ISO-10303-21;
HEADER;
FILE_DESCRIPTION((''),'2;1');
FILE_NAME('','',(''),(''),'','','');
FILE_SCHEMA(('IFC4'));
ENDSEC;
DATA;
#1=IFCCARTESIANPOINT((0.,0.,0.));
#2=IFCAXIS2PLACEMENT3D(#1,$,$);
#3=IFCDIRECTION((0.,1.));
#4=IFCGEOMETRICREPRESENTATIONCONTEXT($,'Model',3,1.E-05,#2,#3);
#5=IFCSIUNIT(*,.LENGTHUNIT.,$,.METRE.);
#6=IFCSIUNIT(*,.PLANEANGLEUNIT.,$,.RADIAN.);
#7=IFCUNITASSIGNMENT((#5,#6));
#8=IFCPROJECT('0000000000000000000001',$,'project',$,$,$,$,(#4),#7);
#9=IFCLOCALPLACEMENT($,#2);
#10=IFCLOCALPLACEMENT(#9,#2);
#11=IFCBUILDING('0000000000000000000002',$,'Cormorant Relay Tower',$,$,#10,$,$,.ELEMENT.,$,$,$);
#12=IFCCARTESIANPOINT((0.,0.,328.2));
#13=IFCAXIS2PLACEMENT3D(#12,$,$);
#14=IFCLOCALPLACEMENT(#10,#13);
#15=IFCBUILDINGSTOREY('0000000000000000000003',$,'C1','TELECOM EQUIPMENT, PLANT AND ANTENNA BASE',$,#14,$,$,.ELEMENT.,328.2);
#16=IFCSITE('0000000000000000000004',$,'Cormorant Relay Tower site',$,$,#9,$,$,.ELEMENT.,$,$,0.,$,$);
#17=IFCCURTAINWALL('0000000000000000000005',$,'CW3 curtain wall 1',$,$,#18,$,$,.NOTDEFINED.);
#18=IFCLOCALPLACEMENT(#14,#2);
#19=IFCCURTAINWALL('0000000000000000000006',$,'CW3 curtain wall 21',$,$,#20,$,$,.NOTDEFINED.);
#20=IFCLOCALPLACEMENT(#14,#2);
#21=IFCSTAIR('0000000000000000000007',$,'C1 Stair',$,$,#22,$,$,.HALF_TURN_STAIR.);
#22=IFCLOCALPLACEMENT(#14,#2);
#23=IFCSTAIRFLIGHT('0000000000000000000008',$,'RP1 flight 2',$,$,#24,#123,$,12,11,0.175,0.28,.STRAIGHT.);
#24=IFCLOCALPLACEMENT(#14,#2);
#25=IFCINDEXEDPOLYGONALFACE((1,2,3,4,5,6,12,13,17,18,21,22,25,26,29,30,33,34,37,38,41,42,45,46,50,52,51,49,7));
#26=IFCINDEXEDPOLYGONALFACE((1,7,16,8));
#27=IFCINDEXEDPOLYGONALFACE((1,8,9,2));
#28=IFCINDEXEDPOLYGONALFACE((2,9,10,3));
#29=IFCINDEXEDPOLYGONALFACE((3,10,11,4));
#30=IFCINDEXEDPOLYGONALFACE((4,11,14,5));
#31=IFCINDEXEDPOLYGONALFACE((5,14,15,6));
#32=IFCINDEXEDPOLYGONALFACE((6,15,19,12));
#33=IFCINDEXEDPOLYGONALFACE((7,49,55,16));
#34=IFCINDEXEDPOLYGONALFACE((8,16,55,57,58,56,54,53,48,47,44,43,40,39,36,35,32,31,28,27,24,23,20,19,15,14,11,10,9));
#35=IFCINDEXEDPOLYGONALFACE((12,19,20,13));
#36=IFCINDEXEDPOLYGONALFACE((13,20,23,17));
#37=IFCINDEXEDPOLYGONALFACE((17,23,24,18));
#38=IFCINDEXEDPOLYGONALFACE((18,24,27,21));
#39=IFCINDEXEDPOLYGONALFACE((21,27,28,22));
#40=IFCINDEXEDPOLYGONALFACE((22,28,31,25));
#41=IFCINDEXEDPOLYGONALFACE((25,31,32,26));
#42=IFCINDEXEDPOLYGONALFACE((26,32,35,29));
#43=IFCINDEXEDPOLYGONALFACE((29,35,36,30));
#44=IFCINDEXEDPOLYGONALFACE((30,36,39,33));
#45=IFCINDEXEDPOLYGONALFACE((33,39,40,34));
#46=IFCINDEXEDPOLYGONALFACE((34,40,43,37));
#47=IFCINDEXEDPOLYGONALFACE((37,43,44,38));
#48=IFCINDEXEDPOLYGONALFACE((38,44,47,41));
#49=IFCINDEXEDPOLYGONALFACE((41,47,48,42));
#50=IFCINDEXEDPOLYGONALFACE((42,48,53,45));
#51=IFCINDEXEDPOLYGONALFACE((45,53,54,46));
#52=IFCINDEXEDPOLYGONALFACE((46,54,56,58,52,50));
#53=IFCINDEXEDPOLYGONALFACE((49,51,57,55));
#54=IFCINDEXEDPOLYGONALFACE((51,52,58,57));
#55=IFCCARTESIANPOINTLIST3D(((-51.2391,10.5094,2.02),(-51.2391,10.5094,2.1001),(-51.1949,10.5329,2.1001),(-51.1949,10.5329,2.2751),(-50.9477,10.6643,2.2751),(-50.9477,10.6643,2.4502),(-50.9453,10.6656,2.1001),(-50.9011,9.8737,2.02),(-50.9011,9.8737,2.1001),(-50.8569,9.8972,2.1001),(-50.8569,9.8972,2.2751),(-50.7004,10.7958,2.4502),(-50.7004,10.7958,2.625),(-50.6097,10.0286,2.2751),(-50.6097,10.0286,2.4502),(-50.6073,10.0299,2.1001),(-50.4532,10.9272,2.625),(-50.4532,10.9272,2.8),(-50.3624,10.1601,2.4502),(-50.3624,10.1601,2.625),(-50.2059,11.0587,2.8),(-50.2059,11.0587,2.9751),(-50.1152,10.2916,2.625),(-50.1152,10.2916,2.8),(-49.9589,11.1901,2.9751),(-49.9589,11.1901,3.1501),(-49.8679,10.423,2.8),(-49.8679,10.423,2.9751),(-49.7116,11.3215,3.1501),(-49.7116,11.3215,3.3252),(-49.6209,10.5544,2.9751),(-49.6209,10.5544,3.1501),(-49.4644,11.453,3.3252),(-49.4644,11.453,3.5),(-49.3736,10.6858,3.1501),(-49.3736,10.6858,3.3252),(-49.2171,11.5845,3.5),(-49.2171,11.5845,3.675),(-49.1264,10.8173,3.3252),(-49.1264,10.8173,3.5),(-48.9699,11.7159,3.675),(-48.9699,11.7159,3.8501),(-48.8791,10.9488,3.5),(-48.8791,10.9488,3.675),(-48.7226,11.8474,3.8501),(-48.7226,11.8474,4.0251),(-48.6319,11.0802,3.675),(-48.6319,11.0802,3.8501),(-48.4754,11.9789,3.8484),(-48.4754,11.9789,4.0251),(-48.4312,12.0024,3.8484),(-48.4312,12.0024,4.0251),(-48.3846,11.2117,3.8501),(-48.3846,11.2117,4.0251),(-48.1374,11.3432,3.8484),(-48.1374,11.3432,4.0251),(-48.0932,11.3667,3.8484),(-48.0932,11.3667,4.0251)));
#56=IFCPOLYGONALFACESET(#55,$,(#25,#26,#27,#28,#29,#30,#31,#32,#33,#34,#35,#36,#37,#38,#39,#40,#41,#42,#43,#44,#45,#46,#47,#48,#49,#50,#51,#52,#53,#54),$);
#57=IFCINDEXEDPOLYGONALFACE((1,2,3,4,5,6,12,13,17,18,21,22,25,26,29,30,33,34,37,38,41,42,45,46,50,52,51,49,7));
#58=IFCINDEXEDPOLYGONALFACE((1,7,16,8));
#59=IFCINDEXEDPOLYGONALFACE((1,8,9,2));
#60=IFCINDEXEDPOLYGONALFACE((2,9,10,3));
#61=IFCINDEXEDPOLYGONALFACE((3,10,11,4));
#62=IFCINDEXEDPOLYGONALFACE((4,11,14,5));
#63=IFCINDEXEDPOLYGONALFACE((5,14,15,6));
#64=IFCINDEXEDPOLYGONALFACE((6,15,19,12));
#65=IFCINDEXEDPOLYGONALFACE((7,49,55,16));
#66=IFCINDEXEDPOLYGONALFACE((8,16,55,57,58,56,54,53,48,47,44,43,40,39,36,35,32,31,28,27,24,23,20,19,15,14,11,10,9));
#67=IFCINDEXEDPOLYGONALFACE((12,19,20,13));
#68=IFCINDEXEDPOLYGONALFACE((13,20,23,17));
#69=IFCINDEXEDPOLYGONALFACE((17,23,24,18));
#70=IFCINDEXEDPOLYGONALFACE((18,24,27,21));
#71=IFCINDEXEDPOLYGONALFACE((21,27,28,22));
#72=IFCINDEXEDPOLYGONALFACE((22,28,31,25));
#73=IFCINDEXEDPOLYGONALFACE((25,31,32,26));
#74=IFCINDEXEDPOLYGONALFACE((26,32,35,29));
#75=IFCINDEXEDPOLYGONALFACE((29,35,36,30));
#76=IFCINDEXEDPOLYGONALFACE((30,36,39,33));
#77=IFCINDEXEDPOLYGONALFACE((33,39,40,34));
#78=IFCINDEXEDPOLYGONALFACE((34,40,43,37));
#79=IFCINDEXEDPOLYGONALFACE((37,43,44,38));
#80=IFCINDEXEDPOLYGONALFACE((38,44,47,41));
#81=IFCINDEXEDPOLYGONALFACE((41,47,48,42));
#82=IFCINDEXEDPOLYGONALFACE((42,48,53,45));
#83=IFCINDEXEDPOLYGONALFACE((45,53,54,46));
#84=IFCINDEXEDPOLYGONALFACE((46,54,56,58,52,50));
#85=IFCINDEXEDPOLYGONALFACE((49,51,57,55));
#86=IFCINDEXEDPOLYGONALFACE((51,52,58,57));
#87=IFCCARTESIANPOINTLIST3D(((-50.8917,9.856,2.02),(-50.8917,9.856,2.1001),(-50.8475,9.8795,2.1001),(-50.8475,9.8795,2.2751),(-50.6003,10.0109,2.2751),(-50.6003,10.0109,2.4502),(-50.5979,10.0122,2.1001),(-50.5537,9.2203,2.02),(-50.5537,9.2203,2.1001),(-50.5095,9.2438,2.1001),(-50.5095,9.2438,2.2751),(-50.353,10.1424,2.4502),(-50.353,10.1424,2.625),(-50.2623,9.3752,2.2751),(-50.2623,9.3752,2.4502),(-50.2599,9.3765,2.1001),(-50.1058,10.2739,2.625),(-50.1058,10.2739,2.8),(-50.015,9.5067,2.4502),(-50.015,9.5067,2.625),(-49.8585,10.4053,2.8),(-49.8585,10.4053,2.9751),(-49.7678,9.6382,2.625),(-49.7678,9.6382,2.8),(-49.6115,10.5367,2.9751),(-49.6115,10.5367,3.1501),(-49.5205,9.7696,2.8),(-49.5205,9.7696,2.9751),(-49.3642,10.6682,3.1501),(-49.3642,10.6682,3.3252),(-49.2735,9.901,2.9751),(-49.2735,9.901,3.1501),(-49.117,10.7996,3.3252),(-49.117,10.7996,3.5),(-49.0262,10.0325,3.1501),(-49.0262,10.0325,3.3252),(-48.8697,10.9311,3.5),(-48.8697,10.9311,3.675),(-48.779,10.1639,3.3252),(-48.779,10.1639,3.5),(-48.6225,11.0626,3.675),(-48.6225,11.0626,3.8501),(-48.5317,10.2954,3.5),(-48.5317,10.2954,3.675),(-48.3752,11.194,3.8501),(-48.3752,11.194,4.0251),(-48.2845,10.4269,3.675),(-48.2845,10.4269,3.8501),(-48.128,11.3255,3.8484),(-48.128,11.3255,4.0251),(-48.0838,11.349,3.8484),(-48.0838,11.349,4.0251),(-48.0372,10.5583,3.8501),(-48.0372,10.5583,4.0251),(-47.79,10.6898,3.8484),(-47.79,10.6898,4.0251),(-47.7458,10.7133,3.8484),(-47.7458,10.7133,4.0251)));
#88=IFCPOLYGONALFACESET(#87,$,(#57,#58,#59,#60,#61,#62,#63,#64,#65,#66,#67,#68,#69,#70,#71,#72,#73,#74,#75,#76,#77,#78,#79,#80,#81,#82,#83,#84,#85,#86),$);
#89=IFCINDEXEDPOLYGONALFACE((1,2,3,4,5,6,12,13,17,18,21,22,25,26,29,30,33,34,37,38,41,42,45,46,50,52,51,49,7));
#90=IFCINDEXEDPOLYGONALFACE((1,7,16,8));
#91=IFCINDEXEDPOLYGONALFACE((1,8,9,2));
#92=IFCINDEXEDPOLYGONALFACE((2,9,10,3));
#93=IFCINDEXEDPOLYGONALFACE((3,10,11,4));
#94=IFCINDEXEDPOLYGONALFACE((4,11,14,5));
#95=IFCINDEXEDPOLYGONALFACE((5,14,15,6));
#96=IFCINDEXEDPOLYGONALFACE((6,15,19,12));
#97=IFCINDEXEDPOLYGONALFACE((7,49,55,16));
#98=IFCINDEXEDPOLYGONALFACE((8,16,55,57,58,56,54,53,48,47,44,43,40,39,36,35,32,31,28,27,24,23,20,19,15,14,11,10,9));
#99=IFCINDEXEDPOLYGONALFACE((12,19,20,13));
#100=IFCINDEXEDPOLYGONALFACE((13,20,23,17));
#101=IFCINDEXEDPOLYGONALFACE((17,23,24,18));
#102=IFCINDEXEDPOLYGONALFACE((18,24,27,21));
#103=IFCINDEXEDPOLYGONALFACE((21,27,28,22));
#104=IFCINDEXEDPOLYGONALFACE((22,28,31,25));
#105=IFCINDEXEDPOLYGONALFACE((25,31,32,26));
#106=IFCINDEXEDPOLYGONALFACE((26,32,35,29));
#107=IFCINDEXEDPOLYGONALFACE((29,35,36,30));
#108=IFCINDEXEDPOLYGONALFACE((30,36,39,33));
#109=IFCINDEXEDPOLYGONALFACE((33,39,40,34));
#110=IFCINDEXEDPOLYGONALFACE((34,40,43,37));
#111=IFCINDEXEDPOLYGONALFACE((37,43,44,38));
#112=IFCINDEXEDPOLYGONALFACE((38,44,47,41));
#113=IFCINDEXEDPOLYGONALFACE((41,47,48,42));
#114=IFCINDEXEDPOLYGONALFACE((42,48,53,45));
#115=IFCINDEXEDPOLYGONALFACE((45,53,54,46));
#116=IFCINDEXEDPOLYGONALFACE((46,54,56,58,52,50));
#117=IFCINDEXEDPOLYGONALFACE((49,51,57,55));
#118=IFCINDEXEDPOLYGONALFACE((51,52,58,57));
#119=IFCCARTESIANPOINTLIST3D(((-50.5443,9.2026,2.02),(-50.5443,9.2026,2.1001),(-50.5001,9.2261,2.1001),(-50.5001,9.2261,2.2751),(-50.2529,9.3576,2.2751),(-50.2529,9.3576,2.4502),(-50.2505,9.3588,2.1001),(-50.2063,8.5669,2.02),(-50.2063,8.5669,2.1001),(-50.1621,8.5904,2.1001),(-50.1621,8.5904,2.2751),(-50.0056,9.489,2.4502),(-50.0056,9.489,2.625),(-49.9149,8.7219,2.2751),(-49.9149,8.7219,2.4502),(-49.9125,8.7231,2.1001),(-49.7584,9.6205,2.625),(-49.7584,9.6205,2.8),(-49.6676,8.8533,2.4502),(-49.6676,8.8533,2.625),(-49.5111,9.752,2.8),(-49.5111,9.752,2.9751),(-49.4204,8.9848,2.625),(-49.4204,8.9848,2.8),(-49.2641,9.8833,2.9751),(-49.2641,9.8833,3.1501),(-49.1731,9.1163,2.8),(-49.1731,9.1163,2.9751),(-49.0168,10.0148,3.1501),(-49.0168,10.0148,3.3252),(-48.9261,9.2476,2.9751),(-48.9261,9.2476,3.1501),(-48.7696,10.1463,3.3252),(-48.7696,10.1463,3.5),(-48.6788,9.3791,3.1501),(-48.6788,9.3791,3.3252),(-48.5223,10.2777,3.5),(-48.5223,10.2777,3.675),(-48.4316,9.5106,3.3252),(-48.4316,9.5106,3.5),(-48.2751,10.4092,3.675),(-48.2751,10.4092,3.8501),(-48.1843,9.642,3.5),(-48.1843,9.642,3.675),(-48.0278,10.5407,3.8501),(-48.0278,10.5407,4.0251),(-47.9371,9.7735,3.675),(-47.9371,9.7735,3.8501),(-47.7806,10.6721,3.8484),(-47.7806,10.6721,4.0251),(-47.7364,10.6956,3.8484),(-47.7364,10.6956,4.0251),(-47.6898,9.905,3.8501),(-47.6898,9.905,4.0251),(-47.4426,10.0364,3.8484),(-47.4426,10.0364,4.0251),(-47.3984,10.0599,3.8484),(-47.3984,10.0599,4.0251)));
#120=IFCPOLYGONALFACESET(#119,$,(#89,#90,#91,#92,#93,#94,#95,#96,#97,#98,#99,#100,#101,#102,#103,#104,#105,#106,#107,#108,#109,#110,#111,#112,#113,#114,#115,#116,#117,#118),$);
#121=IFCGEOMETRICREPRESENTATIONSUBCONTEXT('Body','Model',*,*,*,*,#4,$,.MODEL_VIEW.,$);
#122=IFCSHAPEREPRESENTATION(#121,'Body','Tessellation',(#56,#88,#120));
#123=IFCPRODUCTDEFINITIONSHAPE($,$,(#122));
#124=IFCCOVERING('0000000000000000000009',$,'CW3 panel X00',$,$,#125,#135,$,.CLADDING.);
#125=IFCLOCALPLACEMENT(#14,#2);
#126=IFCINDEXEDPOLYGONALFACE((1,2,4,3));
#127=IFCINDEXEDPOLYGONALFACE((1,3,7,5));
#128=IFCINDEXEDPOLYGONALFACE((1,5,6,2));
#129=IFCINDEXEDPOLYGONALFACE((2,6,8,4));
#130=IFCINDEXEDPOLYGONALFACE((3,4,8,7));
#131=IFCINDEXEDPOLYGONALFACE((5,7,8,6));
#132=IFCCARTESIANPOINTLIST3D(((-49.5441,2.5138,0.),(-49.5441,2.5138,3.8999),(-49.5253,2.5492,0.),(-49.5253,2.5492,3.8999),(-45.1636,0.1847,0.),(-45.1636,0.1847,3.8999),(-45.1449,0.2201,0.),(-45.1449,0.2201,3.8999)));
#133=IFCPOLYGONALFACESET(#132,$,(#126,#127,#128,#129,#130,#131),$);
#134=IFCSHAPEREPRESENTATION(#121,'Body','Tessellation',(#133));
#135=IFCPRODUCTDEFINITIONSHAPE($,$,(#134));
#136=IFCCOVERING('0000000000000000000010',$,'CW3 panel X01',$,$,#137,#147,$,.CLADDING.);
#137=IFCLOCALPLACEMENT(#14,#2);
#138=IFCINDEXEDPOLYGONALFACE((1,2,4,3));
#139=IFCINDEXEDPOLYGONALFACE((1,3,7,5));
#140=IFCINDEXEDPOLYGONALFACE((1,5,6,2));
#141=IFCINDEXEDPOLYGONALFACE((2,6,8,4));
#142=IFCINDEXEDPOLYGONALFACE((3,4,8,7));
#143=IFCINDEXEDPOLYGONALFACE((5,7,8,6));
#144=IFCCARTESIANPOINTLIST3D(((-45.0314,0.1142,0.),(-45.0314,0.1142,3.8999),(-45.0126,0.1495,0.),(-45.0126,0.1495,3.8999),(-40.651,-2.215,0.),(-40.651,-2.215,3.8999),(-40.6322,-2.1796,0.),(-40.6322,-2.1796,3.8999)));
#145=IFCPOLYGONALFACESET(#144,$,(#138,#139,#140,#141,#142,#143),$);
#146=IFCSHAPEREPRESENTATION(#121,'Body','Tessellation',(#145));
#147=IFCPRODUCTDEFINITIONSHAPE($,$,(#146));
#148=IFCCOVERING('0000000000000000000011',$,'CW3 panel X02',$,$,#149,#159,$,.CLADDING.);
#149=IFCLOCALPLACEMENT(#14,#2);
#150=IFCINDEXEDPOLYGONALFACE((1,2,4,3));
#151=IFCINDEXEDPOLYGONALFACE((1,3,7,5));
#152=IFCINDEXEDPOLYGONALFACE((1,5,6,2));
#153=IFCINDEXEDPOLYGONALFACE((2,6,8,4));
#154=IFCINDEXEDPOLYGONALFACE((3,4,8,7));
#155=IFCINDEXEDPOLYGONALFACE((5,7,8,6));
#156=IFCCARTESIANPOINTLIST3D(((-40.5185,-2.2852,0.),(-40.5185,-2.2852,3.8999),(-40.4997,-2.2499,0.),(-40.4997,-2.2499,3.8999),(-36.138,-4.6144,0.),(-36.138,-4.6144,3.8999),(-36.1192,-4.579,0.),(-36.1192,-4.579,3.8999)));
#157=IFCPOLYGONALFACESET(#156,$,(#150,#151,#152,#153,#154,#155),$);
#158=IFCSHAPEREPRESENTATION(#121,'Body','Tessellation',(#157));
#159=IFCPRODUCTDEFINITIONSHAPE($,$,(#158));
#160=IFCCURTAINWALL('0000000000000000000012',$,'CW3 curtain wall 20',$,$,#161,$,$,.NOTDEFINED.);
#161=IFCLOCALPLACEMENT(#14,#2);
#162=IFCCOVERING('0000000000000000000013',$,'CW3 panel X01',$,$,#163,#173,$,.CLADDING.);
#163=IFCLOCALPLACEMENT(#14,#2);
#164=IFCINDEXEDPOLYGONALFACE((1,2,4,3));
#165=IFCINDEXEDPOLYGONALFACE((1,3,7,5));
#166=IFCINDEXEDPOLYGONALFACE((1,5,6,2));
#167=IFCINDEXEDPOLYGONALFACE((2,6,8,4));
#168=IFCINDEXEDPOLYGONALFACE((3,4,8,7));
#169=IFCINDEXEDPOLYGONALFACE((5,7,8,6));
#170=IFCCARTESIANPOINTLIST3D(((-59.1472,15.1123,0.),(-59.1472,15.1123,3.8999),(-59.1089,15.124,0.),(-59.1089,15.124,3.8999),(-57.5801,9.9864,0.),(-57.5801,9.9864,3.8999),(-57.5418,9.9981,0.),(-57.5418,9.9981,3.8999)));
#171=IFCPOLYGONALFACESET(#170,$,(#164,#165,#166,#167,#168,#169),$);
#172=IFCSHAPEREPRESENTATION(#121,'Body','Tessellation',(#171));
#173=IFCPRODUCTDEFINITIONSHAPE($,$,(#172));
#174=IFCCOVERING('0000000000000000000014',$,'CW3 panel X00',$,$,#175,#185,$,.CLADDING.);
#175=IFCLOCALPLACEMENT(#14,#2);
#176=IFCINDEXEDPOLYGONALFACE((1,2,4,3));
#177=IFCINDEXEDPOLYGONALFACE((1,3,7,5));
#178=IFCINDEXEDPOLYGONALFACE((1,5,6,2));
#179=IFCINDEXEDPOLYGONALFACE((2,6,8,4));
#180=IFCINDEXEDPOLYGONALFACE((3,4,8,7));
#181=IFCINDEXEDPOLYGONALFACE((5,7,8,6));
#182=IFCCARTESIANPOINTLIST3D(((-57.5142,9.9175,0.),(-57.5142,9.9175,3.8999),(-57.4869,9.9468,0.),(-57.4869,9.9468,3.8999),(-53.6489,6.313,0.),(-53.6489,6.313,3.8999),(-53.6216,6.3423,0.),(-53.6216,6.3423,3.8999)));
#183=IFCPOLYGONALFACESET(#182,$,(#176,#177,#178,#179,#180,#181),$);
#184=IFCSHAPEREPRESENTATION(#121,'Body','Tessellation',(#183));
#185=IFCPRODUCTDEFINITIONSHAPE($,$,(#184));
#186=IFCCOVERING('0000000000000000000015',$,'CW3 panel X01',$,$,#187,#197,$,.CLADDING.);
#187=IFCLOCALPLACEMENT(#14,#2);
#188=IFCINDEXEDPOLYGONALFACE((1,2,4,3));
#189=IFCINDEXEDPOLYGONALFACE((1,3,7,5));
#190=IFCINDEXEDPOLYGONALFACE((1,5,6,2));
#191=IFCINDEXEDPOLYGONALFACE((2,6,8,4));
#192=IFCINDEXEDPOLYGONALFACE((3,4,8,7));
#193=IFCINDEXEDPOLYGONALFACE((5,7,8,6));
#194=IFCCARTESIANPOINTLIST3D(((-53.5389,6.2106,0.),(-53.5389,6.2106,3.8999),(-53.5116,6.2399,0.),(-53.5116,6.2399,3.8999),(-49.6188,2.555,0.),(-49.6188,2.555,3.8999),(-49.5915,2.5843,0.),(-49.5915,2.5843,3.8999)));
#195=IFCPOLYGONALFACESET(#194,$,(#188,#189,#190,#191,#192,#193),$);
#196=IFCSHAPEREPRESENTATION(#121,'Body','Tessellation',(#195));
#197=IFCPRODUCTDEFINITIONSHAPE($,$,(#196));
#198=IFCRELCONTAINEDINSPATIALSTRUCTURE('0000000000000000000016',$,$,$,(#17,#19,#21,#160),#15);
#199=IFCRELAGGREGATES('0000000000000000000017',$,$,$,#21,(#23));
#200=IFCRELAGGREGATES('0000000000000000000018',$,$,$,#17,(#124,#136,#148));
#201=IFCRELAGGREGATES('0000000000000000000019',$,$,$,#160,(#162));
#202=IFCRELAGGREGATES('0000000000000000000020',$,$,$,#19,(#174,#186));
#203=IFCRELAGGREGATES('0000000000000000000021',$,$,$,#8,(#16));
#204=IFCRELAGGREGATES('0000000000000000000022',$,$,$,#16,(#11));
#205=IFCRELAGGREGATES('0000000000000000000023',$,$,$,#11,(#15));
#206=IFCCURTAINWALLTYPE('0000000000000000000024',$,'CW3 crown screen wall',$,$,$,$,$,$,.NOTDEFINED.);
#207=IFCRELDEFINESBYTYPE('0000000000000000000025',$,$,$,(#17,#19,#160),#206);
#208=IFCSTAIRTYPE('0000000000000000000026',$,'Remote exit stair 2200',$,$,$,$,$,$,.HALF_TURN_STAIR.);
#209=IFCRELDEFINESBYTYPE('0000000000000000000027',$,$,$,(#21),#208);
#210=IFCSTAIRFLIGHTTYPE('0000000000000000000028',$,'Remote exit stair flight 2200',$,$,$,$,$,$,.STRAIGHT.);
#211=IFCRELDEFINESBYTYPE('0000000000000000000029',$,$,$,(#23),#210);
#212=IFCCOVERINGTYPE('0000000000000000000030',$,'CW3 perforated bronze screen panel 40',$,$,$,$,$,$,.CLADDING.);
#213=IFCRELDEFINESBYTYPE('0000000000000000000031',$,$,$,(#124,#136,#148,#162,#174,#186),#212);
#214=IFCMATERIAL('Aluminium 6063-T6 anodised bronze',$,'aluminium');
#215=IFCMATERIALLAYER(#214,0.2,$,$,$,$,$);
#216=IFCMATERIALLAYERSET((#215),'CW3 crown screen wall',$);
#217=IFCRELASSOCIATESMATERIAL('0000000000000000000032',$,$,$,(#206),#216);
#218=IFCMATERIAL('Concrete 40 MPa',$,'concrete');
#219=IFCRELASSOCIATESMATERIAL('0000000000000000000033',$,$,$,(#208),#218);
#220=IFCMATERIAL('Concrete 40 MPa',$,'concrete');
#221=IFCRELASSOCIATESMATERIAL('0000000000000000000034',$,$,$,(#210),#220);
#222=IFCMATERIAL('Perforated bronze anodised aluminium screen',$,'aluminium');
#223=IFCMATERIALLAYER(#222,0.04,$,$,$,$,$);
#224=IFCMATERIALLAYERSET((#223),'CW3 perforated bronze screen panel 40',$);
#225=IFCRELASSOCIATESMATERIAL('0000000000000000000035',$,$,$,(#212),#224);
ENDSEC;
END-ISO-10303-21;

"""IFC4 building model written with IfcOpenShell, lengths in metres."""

from ifc_helpers import new_model, si_unit, direction, frame, origin, origin_2d, place, context, subcontext, project, spatial, polyline, rectangle, outline, extrude, material, layer, layer_set, type_object, element, aggregate, save


model = new_model("IFC4")

# Units and contexts
model_context = context("Model", 3, precision=1e-05, world=origin(), true_north=direction((0.0, 1.0)))
body_context = subcontext(model_context, "Body", "Model", "MODEL_VIEW")
ifc_project = project(units=[si_unit("LENGTHUNIT", "METRE"), si_unit("PLANEANGLEUNIT", "RADIAN")], contexts=[model_context])

# Site, building, storey
site_placement = place(None, origin())
site = spatial("IfcSite", under=ifc_project, at=site_placement, Name="Cormorant Relay Tower site", CompositionType="ELEMENT", RefElevation=0.0)
building_placement = place(site_placement, origin())
building = spatial("IfcBuilding", under=site, at=building_placement, Name="Cormorant Relay Tower", CompositionType="ELEMENT")
storey_placement = place(building_placement, frame((0.0, 0.0, 328.2)))
storey = spatial("IfcBuildingStorey", under=building, at=storey_placement, Name="C1", Description="TELECOM EQUIPMENT, PLANT AND ANTENNA BASE", CompositionType="ELEMENT", Elevation=328.2)

# Curtain walls
ifc_material_1 = material(Name="Aluminium 6063-T6 anodised bronze", Category="aluminium")
ifc_layer_1 = layer(ifc_material_1, 0.2)
ifc_layer_set_1 = layer_set([ifc_layer_1], Name="CW3 crown screen wall")
curtain_wall_type = type_object("IfcCurtainWallType", Name="CW3 crown screen wall", PredefinedType="NOTDEFINED", material=ifc_layer_set_1)
curtain_wall_1_placement = place(storey_placement, origin())
curtain_wall_1 = element("IfcCurtainWall", 1, at=curtain_wall_1_placement, inside=storey, type_object=curtain_wall_type, Name="CW3 curtain wall 1", PredefinedType="NOTDEFINED")
curtain_wall_2_placement = place(storey_placement, origin())
curtain_wall_2 = element("IfcCurtainWall", 2, at=curtain_wall_2_placement, inside=storey, type_object=curtain_wall_type, Name="CW3 curtain wall 21", PredefinedType="NOTDEFINED")

# Stair, stair flight
ifc_material_2 = material(Name="Concrete 40 MPa", Category="concrete")
stair_type_1 = type_object("IfcStairType", Name="Remote exit stair 2200", PredefinedType="HALF_TURN_STAIR", material=ifc_material_2)
stair_1_placement = place(storey_placement, origin())
stair_1 = element("IfcStair", 3, at=stair_1_placement, inside=storey, type_object=stair_type_1, Name="C1 Stair", PredefinedType="HALF_TURN_STAIR")
ifc_material_3 = material(Name="Concrete 40 MPa", Category="concrete")
stair_flight_type_1 = type_object("IfcStairFlightType", Name="Remote exit stair flight 2200", PredefinedType="STRAIGHT", material=ifc_material_3)
stair_flight_1_placement = place(storey_placement, frame((-50.6785, 9.5615, 2.1001), z_axis=(0.0, 0.0, 1.0), x_axis=(0.882948, 0.469472, 0.0)))
stair_flight_1 = element("IfcStairFlight", 4, at=stair_flight_1_placement, type_object=stair_flight_type_1, Name="RP1 flight 2", NumberOfRisers=12, NumberOfTreads=11, PredefinedType="STRAIGHT", RiserHeight=0.175, TreadLength=0.28, context=body_context, shape_type="SweptSolid", body=[
    extrude(outline(polyline([(-0.05, -0.0801), (-0.05, 0.0), (0.0, 0.0), (0.0, 0.175), (0.28, 0.175), (0.28, 0.3501), (0.5601, 0.3501), (0.5601, 0.5249), (0.8401, 0.5249), (0.8401, 0.7), (1.1201, 0.7), (1.1201, 0.875), (1.3999, 0.875), (1.3999, 1.05), (1.6799, 1.05), (1.6799, 1.2251), (1.96, 1.2251), (1.96, 1.3999), (2.24, 1.3999), (2.24, 1.575), (2.52, 1.575), (2.52, 1.75), (2.8, 1.75), (2.8, 1.925), (3.0801, 1.925), (3.1301, 1.925), (3.1301, 1.7483), (3.0801, 1.7483), (0.2827, 0.0), (-0.05, -0.0801)])), frame((0.0, 1.1001, 0.0), z_axis=(0.0, -1.0, 0.0), x_axis=(1.0, 0.0, 0.0)), (0.0, 0.0, 1.0), 0.72),
    extrude(outline(polyline([(-0.05, -0.0801), (-0.05, 0.0), (0.0, 0.0), (0.0, 0.175), (0.28, 0.175), (0.28, 0.3501), (0.5601, 0.3501), (0.5601, 0.5249), (0.8401, 0.5249), (0.8401, 0.7), (1.1201, 0.7), (1.1201, 0.875), (1.3999, 0.875), (1.3999, 1.05), (1.6799, 1.05), (1.6799, 1.2251), (1.96, 1.2251), (1.96, 1.3999), (2.24, 1.3999), (2.24, 1.575), (2.52, 1.575), (2.52, 1.75), (2.8, 1.75), (2.8, 1.925), (3.0801, 1.925), (3.1301, 1.925), (3.1301, 1.7483), (3.0801, 1.7483), (0.2827, 0.0), (-0.05, -0.0801)])), frame((0.0, 0.3601, 0.0), z_axis=(0.0, -1.0, 0.0), x_axis=(1.0, 0.0, 0.0)), (0.0, 0.0, 1.0), 0.72),
    extrude(outline(polyline([(-0.05, -0.0801), (-0.05, 0.0), (0.0, 0.0), (0.0, 0.175), (0.28, 0.175), (0.28, 0.3501), (0.5601, 0.3501), (0.5601, 0.5249), (0.8401, 0.5249), (0.8401, 0.7), (1.1201, 0.7), (1.1201, 0.875), (1.3999, 0.875), (1.3999, 1.05), (1.6799, 1.05), (1.6799, 1.2251), (1.96, 1.2251), (1.96, 1.3999), (2.24, 1.3999), (2.24, 1.575), (2.52, 1.575), (2.52, 1.75), (2.8, 1.75), (2.8, 1.925), (3.0801, 1.925), (3.1301, 1.925), (3.1301, 1.7483), (3.0801, 1.7483), (0.2827, 0.0), (-0.05, -0.0801)])), frame((0.0, -0.3799, 0.0), z_axis=(0.0, -1.0, 0.0), x_axis=(1.0, 0.0, 0.0)), (0.0, 0.0, 1.0), 0.72),
])
aggregate(stair_1, [stair_flight_1])

# Coverings
ifc_material_4 = material(Name="Perforated bronze anodised aluminium screen", Category="aluminium")
ifc_layer_2 = layer(ifc_material_4, 0.04)
ifc_layer_set_2 = layer_set([ifc_layer_2], Name="CW3 perforated bronze screen panel 40")
covering_type = type_object("IfcCoveringType", Name="CW3 perforated bronze screen panel 40", PredefinedType="CLADDING", material=ifc_layer_set_2)
covering_1_placement = place(storey_placement, frame((-47.3445, 1.3669, 0.0), z_axis=(0.0, 0.0, 1.0), x_axis=(0.882948, -0.469472, 0.0)))
covering_1 = element("IfcCovering", 5, at=covering_1_placement, type_object=covering_type, Name="CW3 panel X00", PredefinedType="CLADDING", context=body_context, shape_type="SweptSolid", body=[
    extrude(rectangle(XDim=4.9612, YDim=0.04, at=origin_2d()), origin(), (0.0, 0.0, 1.0), 3.8999),
])
covering_2_placement = place(storey_placement, frame((-42.8318, -1.0327, 0.0), z_axis=(0.0, 0.0, 1.0), x_axis=(0.882948, -0.469472, 0.0)))
covering_2 = element("IfcCovering", 6, at=covering_2_placement, type_object=covering_type, Name="CW3 panel X01", PredefinedType="CLADDING", context=body_context, shape_type="SweptSolid", body=[
    extrude(rectangle(XDim=4.9612, YDim=0.04, at=origin_2d()), origin(), (0.0, 0.0, 1.0), 3.8999),
])
covering_3_placement = place(storey_placement, frame((-38.3188, -3.4321, 0.0), z_axis=(0.0, 0.0, 1.0), x_axis=(0.882948, -0.469472, 0.0)))
covering_3 = element("IfcCovering", 7, at=covering_3_placement, type_object=covering_type, Name="CW3 panel X02", PredefinedType="CLADDING", context=body_context, shape_type="SweptSolid", body=[
    extrude(rectangle(XDim=4.9612, YDim=0.04, at=origin_2d()), origin(), (0.0, 0.0, 1.0), 3.8999),
])
aggregate(curtain_wall_1, [covering_1, covering_2, covering_3])

# Curtain wall, covering
curtain_wall_3_placement = place(storey_placement, origin())
curtain_wall_3 = element("IfcCurtainWall", 8, at=curtain_wall_3_placement, inside=storey, type_object=curtain_wall_type, Name="CW3 curtain wall 20", PredefinedType="NOTDEFINED")
covering_4_placement = place(storey_placement, frame((-58.3445, 12.5552, 0.0), z_axis=(0.0, 0.0, 1.0), x_axis=(0.292372, -0.956305, 0.0)))
covering_4 = element("IfcCovering", 9, at=covering_4_placement, type_object=covering_type, Name="CW3 panel X01", PredefinedType="CLADDING", context=body_context, shape_type="SweptSolid", body=[
    extrude(rectangle(XDim=5.3601, YDim=0.04, at=origin_2d()), origin(), (0.0, 0.0, 1.0), 3.8999),
])
aggregate(curtain_wall_3, [covering_4])

# Coverings
covering_5_placement = place(storey_placement, frame((-55.5679, 8.1299, 0.0), z_axis=(0.0, 0.0, 1.0), x_axis=(0.731354, -0.681998, 0.0)))
covering_5 = element("IfcCovering", 10, at=covering_5_placement, type_object=covering_type, Name="CW3 panel X00", PredefinedType="CLADDING", context=body_context, shape_type="SweptSolid", body=[
    extrude(rectangle(XDim=5.2852, YDim=0.04, at=origin_2d()), origin(), (0.0, 0.0, 1.0), 3.8999),
])
covering_6_placement = place(storey_placement, frame((-51.5652, 4.3975, 0.0), z_axis=(0.0, 0.0, 1.0), x_axis=(0.731354, -0.681998, 0.0)))
covering_6 = element("IfcCovering", 11, at=covering_6_placement, type_object=covering_type, Name="CW3 panel X01", PredefinedType="CLADDING", context=body_context, shape_type="SweptSolid", body=[
    extrude(rectangle(XDim=5.3601, YDim=0.04, at=origin_2d()), origin(), (0.0, 0.0, 1.0), 3.8999),
])
aggregate(curtain_wall_2, [covering_5, covering_6])

save(model, "model.ifc")
